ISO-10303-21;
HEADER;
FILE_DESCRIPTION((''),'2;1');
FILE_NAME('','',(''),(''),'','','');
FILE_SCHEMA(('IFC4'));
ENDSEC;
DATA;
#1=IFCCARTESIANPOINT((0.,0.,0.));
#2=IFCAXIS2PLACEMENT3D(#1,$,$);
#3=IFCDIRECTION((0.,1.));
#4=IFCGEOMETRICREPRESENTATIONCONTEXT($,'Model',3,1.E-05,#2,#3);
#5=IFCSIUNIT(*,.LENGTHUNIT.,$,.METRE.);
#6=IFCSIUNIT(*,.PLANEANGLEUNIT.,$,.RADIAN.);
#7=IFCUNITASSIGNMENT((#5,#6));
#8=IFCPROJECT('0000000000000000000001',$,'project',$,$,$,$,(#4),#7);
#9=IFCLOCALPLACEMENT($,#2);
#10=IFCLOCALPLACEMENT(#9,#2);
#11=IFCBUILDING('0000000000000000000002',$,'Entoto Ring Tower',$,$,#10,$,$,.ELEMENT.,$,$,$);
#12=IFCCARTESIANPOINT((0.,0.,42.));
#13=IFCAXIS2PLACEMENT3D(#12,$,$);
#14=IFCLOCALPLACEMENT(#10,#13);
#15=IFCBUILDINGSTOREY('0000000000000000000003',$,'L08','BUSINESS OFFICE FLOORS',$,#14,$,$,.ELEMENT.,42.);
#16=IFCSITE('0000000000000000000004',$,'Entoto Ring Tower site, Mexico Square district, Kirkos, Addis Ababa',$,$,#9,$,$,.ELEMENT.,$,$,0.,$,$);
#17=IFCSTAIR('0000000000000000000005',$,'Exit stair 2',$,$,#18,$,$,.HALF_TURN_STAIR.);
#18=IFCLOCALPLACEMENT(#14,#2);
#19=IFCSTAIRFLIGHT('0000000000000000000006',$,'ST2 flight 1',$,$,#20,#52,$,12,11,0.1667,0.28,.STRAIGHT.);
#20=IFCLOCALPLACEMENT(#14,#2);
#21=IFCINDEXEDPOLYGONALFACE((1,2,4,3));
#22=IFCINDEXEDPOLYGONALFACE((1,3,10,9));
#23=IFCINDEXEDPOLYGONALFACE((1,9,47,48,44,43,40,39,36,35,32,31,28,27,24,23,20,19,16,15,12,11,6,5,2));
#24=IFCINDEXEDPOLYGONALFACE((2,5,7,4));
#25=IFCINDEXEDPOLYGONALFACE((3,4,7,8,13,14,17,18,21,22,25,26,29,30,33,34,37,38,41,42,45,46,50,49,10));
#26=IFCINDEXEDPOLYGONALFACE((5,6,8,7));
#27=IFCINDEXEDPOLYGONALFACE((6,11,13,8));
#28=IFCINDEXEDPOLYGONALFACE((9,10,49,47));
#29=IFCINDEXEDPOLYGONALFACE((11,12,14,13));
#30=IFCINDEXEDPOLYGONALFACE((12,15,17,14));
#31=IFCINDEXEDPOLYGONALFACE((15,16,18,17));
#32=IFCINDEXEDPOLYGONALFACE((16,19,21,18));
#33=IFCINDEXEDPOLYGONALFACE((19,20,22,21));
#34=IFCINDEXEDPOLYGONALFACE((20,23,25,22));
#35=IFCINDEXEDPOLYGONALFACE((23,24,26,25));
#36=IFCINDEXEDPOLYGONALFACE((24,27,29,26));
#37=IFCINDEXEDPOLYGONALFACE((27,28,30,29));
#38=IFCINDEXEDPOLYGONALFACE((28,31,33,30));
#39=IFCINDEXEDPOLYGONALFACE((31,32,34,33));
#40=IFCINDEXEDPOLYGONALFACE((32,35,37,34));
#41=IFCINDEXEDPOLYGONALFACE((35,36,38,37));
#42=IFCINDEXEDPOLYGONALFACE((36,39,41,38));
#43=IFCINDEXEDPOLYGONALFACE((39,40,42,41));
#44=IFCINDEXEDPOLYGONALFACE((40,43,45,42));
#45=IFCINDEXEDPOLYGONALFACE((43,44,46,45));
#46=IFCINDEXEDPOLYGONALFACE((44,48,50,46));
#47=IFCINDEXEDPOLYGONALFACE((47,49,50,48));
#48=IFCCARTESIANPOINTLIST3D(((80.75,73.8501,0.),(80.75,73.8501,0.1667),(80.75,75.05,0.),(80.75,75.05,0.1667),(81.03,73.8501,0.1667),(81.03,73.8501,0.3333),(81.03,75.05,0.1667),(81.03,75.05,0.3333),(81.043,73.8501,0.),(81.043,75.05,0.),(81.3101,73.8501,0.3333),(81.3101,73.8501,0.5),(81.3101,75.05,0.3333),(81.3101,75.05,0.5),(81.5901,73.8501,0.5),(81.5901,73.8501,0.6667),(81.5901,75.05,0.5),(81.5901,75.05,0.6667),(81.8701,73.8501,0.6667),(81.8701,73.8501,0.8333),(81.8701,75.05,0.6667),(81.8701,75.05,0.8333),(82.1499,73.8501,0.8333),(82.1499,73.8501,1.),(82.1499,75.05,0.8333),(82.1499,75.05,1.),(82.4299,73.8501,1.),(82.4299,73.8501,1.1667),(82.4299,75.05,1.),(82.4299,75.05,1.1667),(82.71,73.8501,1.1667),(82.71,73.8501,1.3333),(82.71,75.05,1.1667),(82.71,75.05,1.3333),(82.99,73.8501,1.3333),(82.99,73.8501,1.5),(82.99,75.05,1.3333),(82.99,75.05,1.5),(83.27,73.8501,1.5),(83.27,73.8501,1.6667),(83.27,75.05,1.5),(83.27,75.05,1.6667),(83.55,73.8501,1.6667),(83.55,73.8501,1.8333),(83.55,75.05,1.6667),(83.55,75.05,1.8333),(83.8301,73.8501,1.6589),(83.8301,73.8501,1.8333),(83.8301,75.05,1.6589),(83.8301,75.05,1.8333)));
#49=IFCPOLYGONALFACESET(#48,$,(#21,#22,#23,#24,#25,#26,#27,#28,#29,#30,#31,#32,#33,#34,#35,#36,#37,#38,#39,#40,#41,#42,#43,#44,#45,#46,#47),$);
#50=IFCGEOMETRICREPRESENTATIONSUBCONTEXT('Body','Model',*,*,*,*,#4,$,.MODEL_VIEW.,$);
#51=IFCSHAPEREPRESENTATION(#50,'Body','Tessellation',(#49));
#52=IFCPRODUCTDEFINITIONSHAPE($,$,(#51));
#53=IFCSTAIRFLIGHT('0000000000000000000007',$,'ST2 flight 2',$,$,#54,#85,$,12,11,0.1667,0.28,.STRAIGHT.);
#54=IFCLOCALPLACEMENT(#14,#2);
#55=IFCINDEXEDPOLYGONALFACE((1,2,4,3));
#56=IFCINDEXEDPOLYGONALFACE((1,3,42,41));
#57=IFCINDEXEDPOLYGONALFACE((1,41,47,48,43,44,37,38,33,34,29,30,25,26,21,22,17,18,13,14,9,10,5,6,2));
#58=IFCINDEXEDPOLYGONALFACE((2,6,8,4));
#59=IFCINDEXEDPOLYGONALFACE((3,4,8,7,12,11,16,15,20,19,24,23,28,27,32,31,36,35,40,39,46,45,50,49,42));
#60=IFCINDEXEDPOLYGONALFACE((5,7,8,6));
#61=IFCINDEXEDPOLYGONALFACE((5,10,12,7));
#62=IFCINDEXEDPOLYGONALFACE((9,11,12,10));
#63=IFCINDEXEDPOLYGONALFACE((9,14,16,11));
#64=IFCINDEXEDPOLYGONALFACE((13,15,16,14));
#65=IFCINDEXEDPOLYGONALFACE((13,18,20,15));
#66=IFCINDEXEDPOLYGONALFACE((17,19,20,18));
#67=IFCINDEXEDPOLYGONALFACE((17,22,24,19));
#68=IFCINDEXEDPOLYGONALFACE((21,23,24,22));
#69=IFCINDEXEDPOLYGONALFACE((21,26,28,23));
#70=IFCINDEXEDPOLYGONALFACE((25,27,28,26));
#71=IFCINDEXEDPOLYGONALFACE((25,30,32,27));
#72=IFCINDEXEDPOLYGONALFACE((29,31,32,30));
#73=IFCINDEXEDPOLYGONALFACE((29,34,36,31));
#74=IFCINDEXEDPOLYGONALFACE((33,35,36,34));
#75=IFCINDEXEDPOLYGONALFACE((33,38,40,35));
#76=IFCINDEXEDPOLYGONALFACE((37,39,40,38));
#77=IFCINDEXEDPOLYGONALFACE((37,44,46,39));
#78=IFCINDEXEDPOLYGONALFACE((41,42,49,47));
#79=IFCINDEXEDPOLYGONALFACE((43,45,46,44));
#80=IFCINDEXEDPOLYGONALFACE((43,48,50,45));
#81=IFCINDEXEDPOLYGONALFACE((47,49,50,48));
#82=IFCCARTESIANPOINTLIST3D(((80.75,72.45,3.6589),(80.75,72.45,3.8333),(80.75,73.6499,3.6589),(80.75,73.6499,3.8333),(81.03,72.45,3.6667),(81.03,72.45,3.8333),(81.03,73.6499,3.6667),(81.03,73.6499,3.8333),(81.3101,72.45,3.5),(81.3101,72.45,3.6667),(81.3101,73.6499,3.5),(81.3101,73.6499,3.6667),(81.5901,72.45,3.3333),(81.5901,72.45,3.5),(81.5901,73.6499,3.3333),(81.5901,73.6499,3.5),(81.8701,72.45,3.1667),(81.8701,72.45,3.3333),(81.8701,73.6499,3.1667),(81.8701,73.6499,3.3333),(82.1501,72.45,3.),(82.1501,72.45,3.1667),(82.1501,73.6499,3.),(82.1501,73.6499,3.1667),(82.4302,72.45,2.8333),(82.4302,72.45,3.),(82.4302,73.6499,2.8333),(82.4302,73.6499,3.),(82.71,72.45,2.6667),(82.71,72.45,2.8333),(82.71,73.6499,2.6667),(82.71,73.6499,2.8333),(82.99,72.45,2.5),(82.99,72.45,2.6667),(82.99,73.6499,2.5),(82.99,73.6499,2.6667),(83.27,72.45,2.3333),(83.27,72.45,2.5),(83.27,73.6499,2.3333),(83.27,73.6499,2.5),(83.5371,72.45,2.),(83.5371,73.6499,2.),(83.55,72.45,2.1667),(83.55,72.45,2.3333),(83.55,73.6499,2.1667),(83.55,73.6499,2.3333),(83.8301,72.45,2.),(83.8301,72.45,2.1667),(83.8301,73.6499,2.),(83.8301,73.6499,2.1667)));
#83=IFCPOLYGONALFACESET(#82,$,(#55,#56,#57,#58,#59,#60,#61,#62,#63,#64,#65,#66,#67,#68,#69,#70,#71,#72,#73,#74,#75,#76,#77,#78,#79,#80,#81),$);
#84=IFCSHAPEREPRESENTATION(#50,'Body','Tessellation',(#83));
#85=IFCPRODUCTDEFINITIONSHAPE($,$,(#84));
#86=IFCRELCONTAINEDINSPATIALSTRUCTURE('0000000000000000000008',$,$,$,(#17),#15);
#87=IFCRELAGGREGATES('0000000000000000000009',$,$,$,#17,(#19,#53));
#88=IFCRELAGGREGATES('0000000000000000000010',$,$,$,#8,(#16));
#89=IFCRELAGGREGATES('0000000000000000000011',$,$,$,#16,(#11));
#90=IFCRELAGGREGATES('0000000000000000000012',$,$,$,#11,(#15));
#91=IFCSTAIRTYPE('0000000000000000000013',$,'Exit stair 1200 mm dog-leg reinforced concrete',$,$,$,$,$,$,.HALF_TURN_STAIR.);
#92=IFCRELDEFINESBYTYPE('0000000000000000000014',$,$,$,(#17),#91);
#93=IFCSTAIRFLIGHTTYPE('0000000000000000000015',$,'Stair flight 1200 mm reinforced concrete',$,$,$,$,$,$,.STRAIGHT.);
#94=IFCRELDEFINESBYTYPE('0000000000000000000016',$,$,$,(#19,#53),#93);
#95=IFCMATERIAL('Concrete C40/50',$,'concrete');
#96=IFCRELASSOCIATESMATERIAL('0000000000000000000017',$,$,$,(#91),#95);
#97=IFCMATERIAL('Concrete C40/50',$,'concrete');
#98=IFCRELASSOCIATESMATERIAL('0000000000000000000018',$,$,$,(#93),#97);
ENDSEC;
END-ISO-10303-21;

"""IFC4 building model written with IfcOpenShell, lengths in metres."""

from ifc_helpers import new_model, si_unit, direction, frame, origin, place, context, subcontext, project, spatial, polyline, outline, extrude, material, type_object, element, aggregate, save


model = new_model("IFC4")

# Units and contexts
model_context = context("Model", 3, precision=1e-05, world=origin(), true_north=direction((0.0, 1.0)))
body_context = subcontext(model_context, "Body", "Model", "MODEL_VIEW")
ifc_project = project(units=[si_unit("LENGTHUNIT", "METRE"), si_unit("PLANEANGLEUNIT", "RADIAN")], contexts=[model_context])

# Site, building, storey
site_placement = place(None, origin())
site = spatial("IfcSite", under=ifc_project, at=site_placement, Name="Entoto Ring Tower site, Mexico Square district, Kirkos, Addis Ababa", CompositionType="ELEMENT", RefElevation=0.0)
building_placement = place(site_placement, origin())
building = spatial("IfcBuilding", under=site, at=building_placement, Name="Entoto Ring Tower", CompositionType="ELEMENT")
storey_placement = place(building_placement, frame((0.0, 0.0, 42.0)))
storey = spatial("IfcBuildingStorey", under=building, at=storey_placement, Name="L08", Description="BUSINESS OFFICE FLOORS", CompositionType="ELEMENT", Elevation=42.0)

# Stair, stair flights
ifc_material_1 = material(Name="Concrete C40/50", Category="concrete")
stair_type = type_object("IfcStairType", Name="Exit stair 1200 mm dog-leg reinforced concrete", PredefinedType="HALF_TURN_STAIR", material=ifc_material_1)
stair_placement = place(storey_placement, origin())
stair = element("IfcStair", 1, at=stair_placement, inside=storey, type_object=stair_type, Name="Exit stair 2", PredefinedType="HALF_TURN_STAIR")
ifc_material_2 = material(Name="Concrete C40/50", Category="concrete")
stair_flight_type = type_object("IfcStairFlightType", Name="Stair flight 1200 mm reinforced concrete", PredefinedType="STRAIGHT", material=ifc_material_2)
stair_flight_1_placement = place(storey_placement, frame((80.75, 74.45, 0.0), z_axis=(0.0, 0.0, 1.0), x_axis=(1.0, 0.0, 0.0)))
stair_flight_1 = element("IfcStairFlight", 2, at=stair_flight_1_placement, type_object=stair_flight_type, Name="ST2 flight 1", NumberOfRisers=12, NumberOfTreads=11, PredefinedType="STRAIGHT", RiserHeight=0.1667, TreadLength=0.28, context=body_context, shape_type="SweptSolid", body=[
    extrude(outline(polyline([(0.0, 0.0), (0.0, 0.1667), (0.28, 0.1667), (0.28, 0.3333), (0.5601, 0.3333), (0.5601, 0.5), (0.8401, 0.5), (0.8401, 0.6667), (1.1201, 0.6667), (1.1201, 0.8333), (1.3999, 0.8333), (1.3999, 1.0), (1.6799, 1.0), (1.6799, 1.1667), (1.96, 1.1667), (1.96, 1.3333), (2.24, 1.3333), (2.24, 1.5), (2.52, 1.5), (2.52, 1.6667), (2.8, 1.6667), (2.8, 1.8333), (3.0801, 1.8333), (3.0801, 2.0), (3.0801, 1.6589), (0.293, 0.0), (0.0, 0.0)])), frame((0.0, 0.6001, 0.0), z_axis=(0.0, -1.0, 0.0), x_axis=(1.0, 0.0, 0.0)), (0.0, 0.0, 1.0), 1.2),
])
stair_flight_2_placement = place(storey_placement, frame((83.8301, 73.05, 2.0), z_axis=(0.0, 0.0, 1.0), x_axis=(-1.0, 0.0, 0.0)))
stair_flight_2 = element("IfcStairFlight", 3, at=stair_flight_2_placement, type_object=stair_flight_type, Name="ST2 flight 2", NumberOfRisers=12, NumberOfTreads=11, PredefinedType="STRAIGHT", RiserHeight=0.1667, TreadLength=0.28, context=body_context, shape_type="SweptSolid", body=[
    extrude(outline(polyline([(0.0, 0.0), (0.0, 0.1667), (0.28, 0.1667), (0.28, 0.3333), (0.5601, 0.3333), (0.5601, 0.5), (0.8401, 0.5), (0.8401, 0.6667), (1.1201, 0.6667), (1.1201, 0.8333), (1.3999, 0.8333), (1.3999, 1.0), (1.6799, 1.0), (1.6799, 1.1667), (1.96, 1.1667), (1.96, 1.3333), (2.24, 1.3333), (2.24, 1.5), (2.52, 1.5), (2.52, 1.6667), (2.8, 1.6667), (2.8, 1.8333), (3.0801, 1.8333), (3.0801, 2.0), (3.0801, 1.6589), (0.293, 0.0), (0.0, 0.0)])), frame((0.0, 0.6001, 0.0), z_axis=(0.0, -1.0, 0.0), x_axis=(1.0, 0.0, 0.0)), (0.0, 0.0, 1.0), 1.2),
])
aggregate(stair, [stair_flight_1, stair_flight_2])

save(model, "model.ifc")
